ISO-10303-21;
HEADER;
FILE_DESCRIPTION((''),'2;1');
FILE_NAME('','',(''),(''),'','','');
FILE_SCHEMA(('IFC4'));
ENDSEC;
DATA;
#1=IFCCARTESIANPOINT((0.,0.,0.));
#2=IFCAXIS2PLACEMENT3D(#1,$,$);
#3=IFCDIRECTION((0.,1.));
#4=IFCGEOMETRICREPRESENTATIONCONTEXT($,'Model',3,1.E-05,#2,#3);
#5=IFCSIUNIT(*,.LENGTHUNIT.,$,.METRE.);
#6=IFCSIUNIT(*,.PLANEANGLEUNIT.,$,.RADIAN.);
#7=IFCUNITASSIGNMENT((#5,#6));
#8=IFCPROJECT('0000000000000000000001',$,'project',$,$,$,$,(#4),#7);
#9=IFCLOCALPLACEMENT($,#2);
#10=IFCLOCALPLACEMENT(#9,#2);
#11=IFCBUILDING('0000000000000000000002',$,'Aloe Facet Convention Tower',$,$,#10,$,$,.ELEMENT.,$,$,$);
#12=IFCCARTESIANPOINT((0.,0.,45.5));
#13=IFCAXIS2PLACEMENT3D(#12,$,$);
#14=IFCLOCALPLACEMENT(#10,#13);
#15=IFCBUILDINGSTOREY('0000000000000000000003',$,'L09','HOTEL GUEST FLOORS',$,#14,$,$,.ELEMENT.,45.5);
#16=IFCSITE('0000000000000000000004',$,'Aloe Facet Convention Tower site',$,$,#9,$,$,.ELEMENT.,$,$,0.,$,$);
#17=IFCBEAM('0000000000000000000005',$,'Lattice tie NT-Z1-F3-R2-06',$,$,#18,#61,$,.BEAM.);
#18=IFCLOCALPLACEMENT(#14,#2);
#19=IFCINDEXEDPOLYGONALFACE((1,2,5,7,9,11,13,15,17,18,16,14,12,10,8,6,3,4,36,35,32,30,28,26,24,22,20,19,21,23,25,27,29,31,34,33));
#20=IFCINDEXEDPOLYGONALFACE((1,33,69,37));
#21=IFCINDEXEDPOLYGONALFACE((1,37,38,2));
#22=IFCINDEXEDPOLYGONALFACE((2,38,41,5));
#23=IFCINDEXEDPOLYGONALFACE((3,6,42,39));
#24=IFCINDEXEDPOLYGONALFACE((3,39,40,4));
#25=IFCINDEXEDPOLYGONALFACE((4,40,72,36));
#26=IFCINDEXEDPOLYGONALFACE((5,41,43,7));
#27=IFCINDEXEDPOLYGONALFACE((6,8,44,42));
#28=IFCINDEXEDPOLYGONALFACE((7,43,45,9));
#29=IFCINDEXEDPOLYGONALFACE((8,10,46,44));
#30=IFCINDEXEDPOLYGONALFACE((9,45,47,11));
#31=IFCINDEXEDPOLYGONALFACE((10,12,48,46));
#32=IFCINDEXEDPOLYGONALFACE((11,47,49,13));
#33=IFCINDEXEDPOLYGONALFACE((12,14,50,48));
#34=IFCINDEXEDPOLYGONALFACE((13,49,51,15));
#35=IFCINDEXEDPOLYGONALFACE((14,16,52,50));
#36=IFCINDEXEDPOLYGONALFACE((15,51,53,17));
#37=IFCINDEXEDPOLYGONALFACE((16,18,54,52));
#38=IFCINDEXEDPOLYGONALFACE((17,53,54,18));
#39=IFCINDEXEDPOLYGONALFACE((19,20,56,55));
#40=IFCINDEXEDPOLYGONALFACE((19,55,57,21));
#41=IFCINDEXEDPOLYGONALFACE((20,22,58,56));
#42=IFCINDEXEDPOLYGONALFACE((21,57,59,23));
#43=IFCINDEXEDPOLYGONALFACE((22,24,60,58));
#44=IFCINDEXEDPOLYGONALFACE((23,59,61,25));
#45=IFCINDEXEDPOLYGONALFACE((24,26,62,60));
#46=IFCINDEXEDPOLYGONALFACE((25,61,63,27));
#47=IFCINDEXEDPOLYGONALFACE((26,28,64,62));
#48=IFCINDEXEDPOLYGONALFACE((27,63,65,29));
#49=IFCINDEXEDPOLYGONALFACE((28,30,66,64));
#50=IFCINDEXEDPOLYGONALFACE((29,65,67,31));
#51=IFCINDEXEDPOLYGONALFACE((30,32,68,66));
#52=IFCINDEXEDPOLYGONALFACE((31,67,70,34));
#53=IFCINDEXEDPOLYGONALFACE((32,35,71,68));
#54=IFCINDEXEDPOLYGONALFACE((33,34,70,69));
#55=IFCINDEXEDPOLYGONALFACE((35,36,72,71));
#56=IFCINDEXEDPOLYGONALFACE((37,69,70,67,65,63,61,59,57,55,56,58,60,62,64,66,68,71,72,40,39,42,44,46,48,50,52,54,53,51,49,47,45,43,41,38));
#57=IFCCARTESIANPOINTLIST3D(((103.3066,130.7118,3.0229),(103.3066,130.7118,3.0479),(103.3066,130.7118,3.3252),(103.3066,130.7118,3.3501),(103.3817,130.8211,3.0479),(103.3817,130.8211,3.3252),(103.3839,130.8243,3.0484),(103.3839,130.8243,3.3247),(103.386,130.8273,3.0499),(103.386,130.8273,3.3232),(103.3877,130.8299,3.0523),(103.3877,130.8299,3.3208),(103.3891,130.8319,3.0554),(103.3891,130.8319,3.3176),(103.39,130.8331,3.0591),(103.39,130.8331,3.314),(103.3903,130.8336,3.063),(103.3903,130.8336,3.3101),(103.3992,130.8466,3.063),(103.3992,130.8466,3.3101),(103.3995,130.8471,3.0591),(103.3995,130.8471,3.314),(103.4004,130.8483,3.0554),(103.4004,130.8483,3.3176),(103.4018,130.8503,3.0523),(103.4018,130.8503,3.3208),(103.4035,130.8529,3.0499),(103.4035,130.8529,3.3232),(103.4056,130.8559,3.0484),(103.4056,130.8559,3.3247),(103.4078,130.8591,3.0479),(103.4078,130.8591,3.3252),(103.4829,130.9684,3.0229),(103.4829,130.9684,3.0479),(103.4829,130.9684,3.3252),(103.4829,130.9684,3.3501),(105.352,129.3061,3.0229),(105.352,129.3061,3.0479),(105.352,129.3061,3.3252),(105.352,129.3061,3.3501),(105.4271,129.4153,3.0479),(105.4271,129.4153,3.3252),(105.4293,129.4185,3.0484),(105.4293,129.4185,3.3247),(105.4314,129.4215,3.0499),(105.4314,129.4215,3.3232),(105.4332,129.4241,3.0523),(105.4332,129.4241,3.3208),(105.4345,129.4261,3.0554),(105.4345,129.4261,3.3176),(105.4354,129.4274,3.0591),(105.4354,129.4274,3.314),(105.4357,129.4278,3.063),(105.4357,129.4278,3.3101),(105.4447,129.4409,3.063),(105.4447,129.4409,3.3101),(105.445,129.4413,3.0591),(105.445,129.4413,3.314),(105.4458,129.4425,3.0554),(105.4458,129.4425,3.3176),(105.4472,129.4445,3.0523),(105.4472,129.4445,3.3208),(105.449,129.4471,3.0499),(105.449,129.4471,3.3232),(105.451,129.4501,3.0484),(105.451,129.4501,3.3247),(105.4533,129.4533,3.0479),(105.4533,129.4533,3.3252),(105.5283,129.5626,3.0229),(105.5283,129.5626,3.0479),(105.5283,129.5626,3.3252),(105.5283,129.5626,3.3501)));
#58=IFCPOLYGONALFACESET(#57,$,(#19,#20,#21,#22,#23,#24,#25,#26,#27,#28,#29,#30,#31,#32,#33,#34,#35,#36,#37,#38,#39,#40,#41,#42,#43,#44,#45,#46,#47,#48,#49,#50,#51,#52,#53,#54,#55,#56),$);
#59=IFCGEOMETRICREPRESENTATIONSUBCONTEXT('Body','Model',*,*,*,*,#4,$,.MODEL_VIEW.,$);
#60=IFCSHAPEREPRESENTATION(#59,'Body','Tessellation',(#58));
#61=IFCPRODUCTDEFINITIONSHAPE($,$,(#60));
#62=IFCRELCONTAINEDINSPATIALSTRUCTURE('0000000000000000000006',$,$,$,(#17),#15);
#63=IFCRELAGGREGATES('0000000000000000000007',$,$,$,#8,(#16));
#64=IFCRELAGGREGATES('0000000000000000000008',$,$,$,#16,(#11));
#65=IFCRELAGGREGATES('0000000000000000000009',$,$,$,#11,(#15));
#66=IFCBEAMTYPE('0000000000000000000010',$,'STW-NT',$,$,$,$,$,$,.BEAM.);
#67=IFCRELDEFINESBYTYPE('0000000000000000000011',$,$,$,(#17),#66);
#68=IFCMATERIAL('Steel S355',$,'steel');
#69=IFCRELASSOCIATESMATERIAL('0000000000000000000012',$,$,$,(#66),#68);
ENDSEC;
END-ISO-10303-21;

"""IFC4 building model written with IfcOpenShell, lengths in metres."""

from ifc_helpers import new_model, si_unit, direction, frame, origin, origin_2d, place, context, subcontext, project, spatial, i_section, extrude, material, material_profile, profile_set, type_object, element, save


model = new_model("IFC4")

# Units and contexts
model_context = context("Model", 3, precision=1e-05, world=origin(), true_north=direction((0.0, 1.0)))
body_context = subcontext(model_context, "Body", "Model", "MODEL_VIEW")
ifc_project = project(units=[si_unit("LENGTHUNIT", "METRE"), si_unit("PLANEANGLEUNIT", "RADIAN")], contexts=[model_context])

# Site, building, storey
site_placement = place(None, origin())
site = spatial("IfcSite", under=ifc_project, at=site_placement, Name="Aloe Facet Convention Tower site", CompositionType="ELEMENT", RefElevation=0.0)
building_placement = place(site_placement, origin())
building = spatial("IfcBuilding", under=site, at=building_placement, Name="Aloe Facet Convention Tower", CompositionType="ELEMENT")
storey_placement = place(building_placement, frame((0.0, 0.0, 45.5)))
storey = spatial("IfcBuildingStorey", under=building, at=storey_placement, Name="L09", Description="HOTEL GUEST FLOORS", CompositionType="ELEMENT", Elevation=45.5)

# Beam
ifc_material_1 = material(Name="Steel S355", Category="steel")
ifc_material_profile_1 = material_profile(ifc_material_1, i_section(OverallWidth=0.3113, OverallDepth=0.3271, WebThickness=0.0159, FlangeThickness=0.0249, FilletRadius=0.0151, at=origin_2d()), Name="UC 305x305x158")
ifc_profile_set_1 = profile_set([ifc_material_profile_1], Name="Steel S355")
beam_type_1 = type_object("IfcBeamType", Name="STW-NT", PredefinedType="BEAM", material=ifc_profile_set_1)
beam_1_placement = place(storey_placement, frame((105.4402, 129.4343, 3.1865), z_axis=(-0.824128, 0.566404, 0.0), x_axis=(-0.566404, -0.824128, 0.0)))
element("IfcBeam", 1, at=beam_1_placement, inside=storey, type_object=beam_type_1, Name="Lattice tie NT-Z1-F3-R2-06", PredefinedType="BEAM", context=body_context, shape_type="SweptSolid", body=[
    extrude(i_section(OverallWidth=0.3113, OverallDepth=0.3271, WebThickness=0.0159, FlangeThickness=0.0249, FilletRadius=0.0151, at=origin_2d()), origin(), (0.0, 0.0, 1.0), 2.4819),
])

save(model, "model.ifc")
